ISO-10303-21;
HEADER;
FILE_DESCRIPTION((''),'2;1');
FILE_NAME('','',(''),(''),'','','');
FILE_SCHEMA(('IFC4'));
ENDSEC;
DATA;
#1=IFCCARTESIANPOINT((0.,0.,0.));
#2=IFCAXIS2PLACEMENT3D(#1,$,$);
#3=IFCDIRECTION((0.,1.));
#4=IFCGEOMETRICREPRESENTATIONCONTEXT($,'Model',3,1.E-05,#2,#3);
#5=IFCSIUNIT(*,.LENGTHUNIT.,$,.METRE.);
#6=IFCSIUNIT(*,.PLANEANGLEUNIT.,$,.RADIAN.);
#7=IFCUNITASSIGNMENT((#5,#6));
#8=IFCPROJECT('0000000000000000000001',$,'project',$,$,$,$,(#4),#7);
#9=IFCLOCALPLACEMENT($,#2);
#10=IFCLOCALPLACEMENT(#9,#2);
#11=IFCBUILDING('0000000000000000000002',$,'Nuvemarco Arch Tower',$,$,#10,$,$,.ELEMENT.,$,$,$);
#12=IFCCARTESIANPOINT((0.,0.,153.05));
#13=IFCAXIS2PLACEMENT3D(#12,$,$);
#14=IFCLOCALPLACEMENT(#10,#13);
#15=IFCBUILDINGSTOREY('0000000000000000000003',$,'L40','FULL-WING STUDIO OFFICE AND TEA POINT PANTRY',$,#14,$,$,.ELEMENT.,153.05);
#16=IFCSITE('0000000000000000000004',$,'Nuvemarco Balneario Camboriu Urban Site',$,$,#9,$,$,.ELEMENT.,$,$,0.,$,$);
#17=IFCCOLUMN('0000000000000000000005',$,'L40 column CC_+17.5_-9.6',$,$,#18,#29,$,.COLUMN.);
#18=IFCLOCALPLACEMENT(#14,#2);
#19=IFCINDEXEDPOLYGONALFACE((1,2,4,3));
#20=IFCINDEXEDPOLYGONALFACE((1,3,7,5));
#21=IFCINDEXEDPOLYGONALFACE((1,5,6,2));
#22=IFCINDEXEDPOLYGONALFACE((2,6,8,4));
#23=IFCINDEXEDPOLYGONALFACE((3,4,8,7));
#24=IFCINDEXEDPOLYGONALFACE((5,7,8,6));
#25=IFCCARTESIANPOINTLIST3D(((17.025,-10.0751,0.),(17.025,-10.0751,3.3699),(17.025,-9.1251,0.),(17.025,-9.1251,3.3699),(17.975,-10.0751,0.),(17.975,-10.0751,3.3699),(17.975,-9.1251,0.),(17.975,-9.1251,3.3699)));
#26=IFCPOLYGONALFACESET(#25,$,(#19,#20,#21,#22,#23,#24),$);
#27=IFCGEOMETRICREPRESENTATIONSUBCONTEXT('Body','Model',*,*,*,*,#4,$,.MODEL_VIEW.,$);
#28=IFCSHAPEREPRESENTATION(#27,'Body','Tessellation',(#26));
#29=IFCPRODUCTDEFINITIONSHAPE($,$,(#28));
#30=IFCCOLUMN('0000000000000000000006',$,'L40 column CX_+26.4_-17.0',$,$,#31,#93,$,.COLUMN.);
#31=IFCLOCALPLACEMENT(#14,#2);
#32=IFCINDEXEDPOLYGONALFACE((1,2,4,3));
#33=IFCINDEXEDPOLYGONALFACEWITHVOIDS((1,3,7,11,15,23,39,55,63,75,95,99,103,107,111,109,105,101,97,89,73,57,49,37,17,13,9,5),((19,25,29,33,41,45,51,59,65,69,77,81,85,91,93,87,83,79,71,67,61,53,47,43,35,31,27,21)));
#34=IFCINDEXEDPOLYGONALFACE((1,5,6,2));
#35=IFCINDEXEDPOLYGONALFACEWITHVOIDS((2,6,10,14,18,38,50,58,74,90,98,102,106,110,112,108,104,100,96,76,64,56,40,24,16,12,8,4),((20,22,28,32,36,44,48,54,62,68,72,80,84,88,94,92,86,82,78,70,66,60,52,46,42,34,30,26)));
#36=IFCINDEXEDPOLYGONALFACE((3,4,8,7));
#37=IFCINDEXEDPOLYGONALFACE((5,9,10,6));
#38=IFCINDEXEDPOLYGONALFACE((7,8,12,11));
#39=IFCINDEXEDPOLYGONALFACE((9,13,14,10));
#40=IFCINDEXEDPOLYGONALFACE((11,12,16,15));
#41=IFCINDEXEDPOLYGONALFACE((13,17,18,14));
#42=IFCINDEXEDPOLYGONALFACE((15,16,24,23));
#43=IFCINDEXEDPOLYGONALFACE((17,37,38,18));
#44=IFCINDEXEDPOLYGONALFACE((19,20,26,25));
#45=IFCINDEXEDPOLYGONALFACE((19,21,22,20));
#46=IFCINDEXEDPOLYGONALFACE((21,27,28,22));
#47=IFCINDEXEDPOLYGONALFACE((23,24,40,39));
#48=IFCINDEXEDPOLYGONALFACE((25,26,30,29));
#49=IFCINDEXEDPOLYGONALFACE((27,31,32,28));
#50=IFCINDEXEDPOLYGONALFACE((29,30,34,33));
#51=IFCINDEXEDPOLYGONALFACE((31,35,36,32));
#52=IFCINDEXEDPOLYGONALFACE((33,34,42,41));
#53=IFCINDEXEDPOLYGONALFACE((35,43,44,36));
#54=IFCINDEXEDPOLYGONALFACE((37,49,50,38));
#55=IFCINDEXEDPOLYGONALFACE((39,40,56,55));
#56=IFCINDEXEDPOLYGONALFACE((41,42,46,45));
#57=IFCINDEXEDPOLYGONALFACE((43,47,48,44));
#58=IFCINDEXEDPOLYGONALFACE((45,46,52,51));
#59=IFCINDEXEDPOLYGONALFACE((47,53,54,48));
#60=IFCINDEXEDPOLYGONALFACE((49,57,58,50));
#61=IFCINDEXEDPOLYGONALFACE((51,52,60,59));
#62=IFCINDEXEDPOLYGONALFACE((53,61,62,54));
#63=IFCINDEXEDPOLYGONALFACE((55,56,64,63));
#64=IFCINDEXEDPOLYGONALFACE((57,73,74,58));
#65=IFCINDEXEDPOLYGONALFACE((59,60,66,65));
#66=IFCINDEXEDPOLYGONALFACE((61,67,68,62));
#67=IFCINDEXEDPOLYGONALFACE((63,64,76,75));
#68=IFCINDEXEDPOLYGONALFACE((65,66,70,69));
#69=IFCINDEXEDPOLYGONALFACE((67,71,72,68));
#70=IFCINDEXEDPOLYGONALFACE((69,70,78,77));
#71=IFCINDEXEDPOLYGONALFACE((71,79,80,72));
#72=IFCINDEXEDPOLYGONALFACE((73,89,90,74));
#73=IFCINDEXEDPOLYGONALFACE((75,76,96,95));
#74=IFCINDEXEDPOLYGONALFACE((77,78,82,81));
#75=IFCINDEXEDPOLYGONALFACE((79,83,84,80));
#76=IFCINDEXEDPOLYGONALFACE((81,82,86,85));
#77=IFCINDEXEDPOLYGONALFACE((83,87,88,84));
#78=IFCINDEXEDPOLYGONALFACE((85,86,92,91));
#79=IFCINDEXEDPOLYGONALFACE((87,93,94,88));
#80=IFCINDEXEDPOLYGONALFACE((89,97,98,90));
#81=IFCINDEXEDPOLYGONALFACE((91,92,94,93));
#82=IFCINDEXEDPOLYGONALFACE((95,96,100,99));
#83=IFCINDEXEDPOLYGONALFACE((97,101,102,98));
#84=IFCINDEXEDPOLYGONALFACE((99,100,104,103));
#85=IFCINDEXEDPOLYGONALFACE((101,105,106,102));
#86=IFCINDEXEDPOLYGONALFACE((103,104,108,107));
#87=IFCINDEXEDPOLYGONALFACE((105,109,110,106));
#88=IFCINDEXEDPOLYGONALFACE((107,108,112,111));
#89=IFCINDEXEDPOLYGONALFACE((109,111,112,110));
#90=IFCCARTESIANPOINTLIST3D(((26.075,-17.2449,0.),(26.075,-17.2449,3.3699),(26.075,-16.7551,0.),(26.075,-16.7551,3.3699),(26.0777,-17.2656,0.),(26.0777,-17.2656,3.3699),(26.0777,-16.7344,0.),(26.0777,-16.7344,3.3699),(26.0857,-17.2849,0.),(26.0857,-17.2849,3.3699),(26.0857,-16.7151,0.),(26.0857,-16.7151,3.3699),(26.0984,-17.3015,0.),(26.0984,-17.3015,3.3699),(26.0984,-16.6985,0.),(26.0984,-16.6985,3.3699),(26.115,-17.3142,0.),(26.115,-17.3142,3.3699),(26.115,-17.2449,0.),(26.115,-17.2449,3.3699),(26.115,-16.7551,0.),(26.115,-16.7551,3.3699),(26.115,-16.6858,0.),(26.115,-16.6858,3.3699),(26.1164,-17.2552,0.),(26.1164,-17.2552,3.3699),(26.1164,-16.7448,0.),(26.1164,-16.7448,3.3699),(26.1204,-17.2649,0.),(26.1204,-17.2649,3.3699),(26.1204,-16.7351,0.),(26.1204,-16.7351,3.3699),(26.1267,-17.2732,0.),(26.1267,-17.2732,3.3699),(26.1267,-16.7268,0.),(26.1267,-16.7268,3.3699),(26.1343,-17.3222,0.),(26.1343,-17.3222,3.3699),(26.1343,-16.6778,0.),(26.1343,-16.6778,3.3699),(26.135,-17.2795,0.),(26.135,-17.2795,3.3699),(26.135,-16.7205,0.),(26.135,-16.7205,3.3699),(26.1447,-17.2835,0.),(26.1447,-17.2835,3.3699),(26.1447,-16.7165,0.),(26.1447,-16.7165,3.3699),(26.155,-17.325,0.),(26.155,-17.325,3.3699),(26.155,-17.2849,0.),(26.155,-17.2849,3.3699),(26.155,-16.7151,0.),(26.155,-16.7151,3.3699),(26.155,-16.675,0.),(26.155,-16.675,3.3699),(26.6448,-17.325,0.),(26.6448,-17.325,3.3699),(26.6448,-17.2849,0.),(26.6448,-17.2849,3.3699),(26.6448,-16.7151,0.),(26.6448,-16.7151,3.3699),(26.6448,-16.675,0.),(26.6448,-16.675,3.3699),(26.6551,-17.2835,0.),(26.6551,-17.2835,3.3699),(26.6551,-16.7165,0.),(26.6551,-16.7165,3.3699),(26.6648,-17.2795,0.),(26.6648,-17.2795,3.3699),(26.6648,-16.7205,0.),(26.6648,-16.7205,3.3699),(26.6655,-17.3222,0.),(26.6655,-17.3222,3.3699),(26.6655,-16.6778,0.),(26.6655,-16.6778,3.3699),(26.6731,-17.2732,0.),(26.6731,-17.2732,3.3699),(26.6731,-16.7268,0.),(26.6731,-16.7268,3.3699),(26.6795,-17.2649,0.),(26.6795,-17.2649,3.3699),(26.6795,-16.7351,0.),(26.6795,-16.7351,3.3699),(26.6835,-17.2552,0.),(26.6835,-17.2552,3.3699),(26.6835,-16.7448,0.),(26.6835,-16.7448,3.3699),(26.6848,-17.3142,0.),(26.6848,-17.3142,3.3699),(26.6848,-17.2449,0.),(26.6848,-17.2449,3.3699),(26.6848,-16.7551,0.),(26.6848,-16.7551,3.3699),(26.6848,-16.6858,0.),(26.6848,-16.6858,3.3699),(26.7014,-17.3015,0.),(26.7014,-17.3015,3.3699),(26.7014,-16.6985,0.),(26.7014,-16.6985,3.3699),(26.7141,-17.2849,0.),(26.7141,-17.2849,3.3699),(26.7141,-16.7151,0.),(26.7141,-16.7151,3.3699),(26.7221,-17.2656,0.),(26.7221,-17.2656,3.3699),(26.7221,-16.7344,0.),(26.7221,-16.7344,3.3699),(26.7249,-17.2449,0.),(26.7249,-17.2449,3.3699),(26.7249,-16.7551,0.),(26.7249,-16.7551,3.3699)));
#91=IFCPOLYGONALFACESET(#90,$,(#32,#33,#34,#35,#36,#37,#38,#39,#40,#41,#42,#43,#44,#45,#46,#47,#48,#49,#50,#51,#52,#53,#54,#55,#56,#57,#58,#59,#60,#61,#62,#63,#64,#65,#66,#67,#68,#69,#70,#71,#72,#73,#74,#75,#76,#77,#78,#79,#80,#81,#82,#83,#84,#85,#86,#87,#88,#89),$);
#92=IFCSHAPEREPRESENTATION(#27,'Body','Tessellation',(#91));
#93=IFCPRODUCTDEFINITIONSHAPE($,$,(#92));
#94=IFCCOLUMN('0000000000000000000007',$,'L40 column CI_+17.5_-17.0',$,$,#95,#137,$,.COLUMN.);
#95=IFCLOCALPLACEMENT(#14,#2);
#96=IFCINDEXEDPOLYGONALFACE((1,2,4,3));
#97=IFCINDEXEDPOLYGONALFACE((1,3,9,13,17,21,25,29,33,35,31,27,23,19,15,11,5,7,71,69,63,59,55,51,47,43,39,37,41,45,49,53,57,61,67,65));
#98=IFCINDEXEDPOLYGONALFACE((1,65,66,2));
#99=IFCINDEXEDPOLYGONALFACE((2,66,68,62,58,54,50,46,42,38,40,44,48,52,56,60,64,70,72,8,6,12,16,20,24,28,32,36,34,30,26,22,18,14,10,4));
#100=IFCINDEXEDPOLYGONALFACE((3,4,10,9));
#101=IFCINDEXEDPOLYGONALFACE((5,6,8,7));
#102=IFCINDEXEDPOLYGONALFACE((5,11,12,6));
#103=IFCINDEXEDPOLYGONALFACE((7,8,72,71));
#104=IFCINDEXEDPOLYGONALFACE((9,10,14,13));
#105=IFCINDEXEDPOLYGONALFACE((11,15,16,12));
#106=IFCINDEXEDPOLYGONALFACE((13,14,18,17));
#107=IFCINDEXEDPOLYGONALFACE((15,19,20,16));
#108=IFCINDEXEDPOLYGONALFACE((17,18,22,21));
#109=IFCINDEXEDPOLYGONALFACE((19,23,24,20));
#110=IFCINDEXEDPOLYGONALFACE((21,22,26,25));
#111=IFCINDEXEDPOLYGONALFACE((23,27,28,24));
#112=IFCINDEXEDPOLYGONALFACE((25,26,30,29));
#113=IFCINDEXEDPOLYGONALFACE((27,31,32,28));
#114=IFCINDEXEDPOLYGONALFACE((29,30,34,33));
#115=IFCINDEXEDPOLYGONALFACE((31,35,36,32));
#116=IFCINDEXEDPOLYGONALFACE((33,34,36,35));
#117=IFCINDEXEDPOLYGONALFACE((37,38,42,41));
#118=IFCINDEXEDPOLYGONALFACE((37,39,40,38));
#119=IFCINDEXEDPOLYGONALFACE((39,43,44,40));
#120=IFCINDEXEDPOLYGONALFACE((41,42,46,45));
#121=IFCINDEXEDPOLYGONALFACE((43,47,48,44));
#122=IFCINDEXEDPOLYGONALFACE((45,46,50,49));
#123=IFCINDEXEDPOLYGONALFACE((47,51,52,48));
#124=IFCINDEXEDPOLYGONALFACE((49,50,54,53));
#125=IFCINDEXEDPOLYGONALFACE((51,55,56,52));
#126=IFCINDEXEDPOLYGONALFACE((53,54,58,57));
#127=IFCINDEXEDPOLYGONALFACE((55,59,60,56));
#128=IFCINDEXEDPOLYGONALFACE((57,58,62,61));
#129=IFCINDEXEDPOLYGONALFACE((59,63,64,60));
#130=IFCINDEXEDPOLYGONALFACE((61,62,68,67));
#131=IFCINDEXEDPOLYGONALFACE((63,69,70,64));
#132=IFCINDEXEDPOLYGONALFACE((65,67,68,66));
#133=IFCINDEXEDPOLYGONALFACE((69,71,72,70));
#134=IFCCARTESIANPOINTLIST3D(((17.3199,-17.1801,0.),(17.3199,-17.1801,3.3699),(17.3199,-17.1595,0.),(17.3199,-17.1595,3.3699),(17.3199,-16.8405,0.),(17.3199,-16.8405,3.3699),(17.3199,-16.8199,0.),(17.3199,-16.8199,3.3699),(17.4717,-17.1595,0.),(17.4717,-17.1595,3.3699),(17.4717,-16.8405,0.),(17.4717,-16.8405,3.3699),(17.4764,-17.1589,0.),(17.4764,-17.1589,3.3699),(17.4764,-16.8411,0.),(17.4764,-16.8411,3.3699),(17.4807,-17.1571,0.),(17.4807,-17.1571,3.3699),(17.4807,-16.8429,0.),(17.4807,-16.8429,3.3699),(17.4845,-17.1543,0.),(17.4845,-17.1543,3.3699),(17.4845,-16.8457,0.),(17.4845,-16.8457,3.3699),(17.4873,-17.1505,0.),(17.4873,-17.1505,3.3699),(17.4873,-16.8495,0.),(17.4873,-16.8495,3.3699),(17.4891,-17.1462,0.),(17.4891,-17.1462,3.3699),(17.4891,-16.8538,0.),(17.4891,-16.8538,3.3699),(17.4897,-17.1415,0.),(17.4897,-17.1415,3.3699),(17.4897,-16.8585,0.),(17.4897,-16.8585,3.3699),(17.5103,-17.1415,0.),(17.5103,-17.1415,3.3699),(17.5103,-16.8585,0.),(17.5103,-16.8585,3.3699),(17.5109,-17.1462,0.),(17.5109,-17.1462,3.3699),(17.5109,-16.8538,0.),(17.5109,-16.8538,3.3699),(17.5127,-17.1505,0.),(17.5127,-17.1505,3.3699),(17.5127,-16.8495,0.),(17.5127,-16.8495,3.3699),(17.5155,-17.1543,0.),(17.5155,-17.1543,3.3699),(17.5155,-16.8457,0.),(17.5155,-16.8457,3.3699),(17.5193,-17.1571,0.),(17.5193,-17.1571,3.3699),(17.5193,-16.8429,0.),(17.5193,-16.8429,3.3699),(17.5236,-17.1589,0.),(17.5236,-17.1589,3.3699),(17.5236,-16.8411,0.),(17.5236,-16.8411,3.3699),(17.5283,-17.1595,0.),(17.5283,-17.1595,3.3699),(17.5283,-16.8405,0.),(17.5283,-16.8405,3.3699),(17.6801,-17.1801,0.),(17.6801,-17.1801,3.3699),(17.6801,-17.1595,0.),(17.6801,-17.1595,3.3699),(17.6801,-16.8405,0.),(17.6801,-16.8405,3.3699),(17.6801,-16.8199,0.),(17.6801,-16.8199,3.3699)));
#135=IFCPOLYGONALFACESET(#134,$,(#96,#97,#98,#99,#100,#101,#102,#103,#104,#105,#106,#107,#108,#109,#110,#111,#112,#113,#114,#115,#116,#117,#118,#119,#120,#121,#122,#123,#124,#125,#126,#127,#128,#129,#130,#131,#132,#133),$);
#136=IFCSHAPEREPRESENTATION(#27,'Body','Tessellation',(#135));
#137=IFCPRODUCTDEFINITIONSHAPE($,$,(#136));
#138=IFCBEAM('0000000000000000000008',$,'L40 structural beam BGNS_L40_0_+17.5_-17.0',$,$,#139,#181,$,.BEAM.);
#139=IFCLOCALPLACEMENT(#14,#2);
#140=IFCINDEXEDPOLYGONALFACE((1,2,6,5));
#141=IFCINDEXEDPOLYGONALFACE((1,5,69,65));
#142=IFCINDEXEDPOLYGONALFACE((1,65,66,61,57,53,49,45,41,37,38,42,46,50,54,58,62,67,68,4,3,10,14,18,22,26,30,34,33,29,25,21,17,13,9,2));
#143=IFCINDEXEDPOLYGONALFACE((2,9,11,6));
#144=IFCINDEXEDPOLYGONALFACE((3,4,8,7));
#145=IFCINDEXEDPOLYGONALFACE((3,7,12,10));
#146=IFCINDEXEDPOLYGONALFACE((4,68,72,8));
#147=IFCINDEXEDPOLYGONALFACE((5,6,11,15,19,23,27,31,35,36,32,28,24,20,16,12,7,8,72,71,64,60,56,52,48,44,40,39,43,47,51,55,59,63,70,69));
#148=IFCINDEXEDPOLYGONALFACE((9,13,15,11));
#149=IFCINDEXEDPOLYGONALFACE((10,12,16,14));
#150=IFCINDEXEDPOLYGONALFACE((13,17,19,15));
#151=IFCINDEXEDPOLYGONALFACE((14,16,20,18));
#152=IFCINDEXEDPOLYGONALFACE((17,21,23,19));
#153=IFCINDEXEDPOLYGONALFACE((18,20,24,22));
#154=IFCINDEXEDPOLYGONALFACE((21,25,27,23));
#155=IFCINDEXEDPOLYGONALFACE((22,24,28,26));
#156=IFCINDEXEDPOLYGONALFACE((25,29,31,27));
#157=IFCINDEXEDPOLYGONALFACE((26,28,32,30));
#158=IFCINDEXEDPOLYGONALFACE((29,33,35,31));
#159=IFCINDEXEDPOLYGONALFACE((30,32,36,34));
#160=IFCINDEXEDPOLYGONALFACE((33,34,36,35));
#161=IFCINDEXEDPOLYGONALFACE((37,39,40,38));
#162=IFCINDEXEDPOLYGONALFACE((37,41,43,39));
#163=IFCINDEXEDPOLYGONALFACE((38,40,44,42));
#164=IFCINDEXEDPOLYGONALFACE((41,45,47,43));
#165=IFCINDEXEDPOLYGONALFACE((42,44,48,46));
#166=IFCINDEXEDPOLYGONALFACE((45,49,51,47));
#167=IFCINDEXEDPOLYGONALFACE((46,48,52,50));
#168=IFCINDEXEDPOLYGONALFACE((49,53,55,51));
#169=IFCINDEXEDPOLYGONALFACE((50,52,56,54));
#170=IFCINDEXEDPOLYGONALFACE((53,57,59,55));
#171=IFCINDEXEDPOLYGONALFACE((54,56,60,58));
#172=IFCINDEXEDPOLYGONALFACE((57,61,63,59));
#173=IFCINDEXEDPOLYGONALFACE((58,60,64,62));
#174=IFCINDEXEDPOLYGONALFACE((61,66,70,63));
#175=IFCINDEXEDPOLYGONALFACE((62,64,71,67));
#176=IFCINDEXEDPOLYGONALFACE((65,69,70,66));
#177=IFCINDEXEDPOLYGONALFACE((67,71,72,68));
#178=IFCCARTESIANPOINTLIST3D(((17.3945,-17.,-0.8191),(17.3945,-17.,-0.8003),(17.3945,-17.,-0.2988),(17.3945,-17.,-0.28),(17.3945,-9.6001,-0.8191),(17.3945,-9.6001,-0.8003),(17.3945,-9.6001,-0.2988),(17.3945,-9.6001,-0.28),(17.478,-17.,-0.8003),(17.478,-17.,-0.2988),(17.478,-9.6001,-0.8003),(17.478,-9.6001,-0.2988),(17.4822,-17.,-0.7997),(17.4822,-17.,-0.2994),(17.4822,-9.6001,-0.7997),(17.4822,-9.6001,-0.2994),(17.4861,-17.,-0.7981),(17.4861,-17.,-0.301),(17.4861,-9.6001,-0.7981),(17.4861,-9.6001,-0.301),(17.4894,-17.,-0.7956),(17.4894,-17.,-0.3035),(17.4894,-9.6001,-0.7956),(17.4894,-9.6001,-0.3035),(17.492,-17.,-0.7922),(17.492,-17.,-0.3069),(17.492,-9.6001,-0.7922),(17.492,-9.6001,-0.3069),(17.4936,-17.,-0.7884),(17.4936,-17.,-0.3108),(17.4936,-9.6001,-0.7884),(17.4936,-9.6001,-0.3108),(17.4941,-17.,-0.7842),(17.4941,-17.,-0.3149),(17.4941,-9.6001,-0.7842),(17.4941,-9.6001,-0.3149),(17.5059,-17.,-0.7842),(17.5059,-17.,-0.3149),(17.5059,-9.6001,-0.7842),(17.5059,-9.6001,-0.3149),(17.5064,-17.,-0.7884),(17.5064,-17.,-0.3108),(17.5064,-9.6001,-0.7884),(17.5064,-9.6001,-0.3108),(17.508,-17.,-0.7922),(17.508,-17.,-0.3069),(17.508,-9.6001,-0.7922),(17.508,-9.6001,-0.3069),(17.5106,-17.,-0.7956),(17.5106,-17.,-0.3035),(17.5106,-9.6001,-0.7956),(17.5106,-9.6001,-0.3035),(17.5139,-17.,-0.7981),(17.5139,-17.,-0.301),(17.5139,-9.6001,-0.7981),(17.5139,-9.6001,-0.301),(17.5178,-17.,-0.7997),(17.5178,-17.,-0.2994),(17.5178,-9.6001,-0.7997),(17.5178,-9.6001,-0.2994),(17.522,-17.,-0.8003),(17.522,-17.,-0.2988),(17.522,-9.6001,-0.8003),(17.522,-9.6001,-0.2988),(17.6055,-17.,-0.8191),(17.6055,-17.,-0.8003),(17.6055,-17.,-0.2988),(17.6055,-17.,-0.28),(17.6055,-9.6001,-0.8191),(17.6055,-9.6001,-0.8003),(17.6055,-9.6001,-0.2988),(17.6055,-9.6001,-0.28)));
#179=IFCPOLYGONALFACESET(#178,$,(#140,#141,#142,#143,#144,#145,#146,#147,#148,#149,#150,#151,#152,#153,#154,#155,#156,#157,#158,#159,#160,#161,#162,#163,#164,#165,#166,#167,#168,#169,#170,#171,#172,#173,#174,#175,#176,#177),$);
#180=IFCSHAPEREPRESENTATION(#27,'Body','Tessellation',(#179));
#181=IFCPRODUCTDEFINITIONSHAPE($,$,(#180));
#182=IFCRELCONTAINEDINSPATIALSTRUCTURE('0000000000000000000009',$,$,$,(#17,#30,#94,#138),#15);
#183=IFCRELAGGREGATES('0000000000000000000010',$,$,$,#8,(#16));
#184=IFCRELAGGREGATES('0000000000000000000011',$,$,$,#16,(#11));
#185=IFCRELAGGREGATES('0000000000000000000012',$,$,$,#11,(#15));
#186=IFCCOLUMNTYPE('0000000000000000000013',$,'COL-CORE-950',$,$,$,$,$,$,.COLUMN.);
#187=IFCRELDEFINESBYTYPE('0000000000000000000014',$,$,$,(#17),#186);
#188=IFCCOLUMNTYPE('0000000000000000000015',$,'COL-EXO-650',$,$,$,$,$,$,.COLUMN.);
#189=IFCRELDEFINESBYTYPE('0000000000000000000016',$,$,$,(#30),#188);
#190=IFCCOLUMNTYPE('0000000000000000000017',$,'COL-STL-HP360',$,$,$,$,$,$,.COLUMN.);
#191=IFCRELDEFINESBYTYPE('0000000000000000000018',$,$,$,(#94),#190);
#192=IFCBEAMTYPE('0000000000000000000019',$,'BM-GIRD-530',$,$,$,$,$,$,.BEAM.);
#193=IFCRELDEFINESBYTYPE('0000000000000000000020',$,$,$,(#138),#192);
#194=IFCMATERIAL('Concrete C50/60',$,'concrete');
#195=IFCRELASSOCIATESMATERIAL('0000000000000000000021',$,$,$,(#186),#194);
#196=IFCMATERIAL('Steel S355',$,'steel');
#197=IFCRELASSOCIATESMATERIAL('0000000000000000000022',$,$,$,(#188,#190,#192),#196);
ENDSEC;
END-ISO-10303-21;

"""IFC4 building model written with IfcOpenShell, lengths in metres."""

from ifc_helpers import new_model, si_unit, direction, frame, origin, origin_2d, place, context, subcontext, project, spatial, rectangle, hollow_rectangle, i_section, extrude, material, material_profile, profile_set, type_object, element, save


model = new_model("IFC4")

# Units and contexts
model_context = context("Model", 3, precision=1e-05, world=origin(), true_north=direction((0.0, 1.0)))
body_context = subcontext(model_context, "Body", "Model", "MODEL_VIEW")
ifc_project = project(units=[si_unit("LENGTHUNIT", "METRE"), si_unit("PLANEANGLEUNIT", "RADIAN")], contexts=[model_context])

# Site, building, storey
site_placement = place(None, origin())
site = spatial("IfcSite", under=ifc_project, at=site_placement, Name="Nuvemarco Balneario Camboriu Urban Site", CompositionType="ELEMENT", RefElevation=0.0)
building_placement = place(site_placement, origin())
building = spatial("IfcBuilding", under=site, at=building_placement, Name="Nuvemarco Arch Tower", CompositionType="ELEMENT")
storey_placement = place(building_placement, frame((0.0, 0.0, 153.05)))
storey = spatial("IfcBuildingStorey", under=building, at=storey_placement, Name="L40", Description="FULL-WING STUDIO OFFICE AND TEA POINT PANTRY", CompositionType="ELEMENT", Elevation=153.05)

# Columns
ifc_material_1 = material(Name="Concrete C50/60", Category="concrete")
ifc_material_profile_1 = material_profile(ifc_material_1, rectangle(XDim=0.95, YDim=0.95, at=origin_2d()), Name="RC-COL-950x950")
ifc_profile_set_1 = profile_set([ifc_material_profile_1], Name="Concrete C50/60")
column_type_1 = type_object("IfcColumnType", Name="COL-CORE-950", PredefinedType="COLUMN", material=ifc_profile_set_1)
column_1_placement = place(storey_placement, frame((17.5, -9.6001, 0.0), z_axis=(0.0, 0.0, 1.0), x_axis=(1.0, 0.0, 0.0)))
element("IfcColumn", 1, at=column_1_placement, inside=storey, type_object=column_type_1, Name="L40 column CC_+17.5_-9.6", PredefinedType="COLUMN", context=body_context, shape_type="SweptSolid", body=[
    extrude(rectangle(XDim=0.95, YDim=0.95, at=origin_2d()), origin(), (0.0, 0.0, 1.0), 3.3699),
])
ifc_material_2 = material(Name="Steel S355", Category="steel")
ifc_material_profile_2 = material_profile(ifc_material_2, hollow_rectangle(XDim=0.6499, YDim=0.6499, WallThickness=0.04, InnerFilletRadius=0.04, OuterFilletRadius=0.0801, at=origin_2d()), Name="SHS650x650x40")
ifc_profile_set_2 = profile_set([ifc_material_profile_2], Name="Steel S355")
column_type_2 = type_object("IfcColumnType", Name="COL-EXO-650", PredefinedType="COLUMN", material=ifc_profile_set_2)
column_2_placement = place(storey_placement, frame((26.3999, -17.0, 0.0), z_axis=(0.0, 0.0, 1.0), x_axis=(1.0, 0.0, 0.0)))
element("IfcColumn", 2, at=column_2_placement, inside=storey, type_object=column_type_2, Name="L40 column CX_+26.4_-17.0", PredefinedType="COLUMN", context=body_context, shape_type="SweptSolid", body=[
    extrude(hollow_rectangle(XDim=0.6499, YDim=0.6499, WallThickness=0.04, InnerFilletRadius=0.04, OuterFilletRadius=0.0801, at=origin_2d()), origin(), (0.0, 0.0, 1.0), 3.3699),
])
ifc_material_profile_3 = material_profile(ifc_material_2, i_section(OverallWidth=0.3601, OverallDepth=0.3601, WebThickness=0.0205, FlangeThickness=0.0205, FilletRadius=0.0181, at=origin_2d()), Name="HP360x174")
ifc_profile_set_3 = profile_set([ifc_material_profile_3], Name="Steel S355")
column_type_3 = type_object("IfcColumnType", Name="COL-STL-HP360", PredefinedType="COLUMN", material=ifc_profile_set_3)
column_3_placement = place(storey_placement, frame((17.5, -17.0, 0.0), z_axis=(0.0, 0.0, 1.0), x_axis=(1.0, 0.0, 0.0)))
element("IfcColumn", 3, at=column_3_placement, inside=storey, type_object=column_type_3, Name="L40 column CI_+17.5_-17.0", PredefinedType="COLUMN", context=body_context, shape_type="SweptSolid", body=[
    extrude(i_section(OverallWidth=0.3601, OverallDepth=0.3601, WebThickness=0.0205, FlangeThickness=0.0205, FilletRadius=0.0181, at=origin_2d()), origin(), (0.0, 0.0, 1.0), 3.3699),
])

# Beam
ifc_material_profile_4 = material_profile(ifc_material_2, i_section(OverallWidth=0.2109, OverallDepth=0.5391, WebThickness=0.0117, FlangeThickness=0.0188, FilletRadius=0.0161, at=origin_2d()), Name="W530x109")
ifc_profile_set_4 = profile_set([ifc_material_profile_4], Name="Steel S355")
beam_type_1 = type_object("IfcBeamType", Name="BM-GIRD-530", PredefinedType="BEAM", material=ifc_profile_set_4)
beam_1_placement = place(storey_placement, frame((17.5, -17.0, -0.5496), z_axis=(0.0, 1.0, 0.0), x_axis=(-1.0, 0.0, 0.0)))
element("IfcBeam", 4, at=beam_1_placement, inside=storey, type_object=beam_type_1, Name="L40 structural beam BGNS_L40_0_+17.5_-17.0", PredefinedType="BEAM", context=body_context, shape_type="SweptSolid", body=[
    extrude(i_section(OverallWidth=0.2109, OverallDepth=0.5391, WebThickness=0.0117, FlangeThickness=0.0188, FilletRadius=0.0161, at=origin_2d()), origin(), (0.0, 0.0, 1.0), 7.3999),
])

save(model, "model.ifc")
